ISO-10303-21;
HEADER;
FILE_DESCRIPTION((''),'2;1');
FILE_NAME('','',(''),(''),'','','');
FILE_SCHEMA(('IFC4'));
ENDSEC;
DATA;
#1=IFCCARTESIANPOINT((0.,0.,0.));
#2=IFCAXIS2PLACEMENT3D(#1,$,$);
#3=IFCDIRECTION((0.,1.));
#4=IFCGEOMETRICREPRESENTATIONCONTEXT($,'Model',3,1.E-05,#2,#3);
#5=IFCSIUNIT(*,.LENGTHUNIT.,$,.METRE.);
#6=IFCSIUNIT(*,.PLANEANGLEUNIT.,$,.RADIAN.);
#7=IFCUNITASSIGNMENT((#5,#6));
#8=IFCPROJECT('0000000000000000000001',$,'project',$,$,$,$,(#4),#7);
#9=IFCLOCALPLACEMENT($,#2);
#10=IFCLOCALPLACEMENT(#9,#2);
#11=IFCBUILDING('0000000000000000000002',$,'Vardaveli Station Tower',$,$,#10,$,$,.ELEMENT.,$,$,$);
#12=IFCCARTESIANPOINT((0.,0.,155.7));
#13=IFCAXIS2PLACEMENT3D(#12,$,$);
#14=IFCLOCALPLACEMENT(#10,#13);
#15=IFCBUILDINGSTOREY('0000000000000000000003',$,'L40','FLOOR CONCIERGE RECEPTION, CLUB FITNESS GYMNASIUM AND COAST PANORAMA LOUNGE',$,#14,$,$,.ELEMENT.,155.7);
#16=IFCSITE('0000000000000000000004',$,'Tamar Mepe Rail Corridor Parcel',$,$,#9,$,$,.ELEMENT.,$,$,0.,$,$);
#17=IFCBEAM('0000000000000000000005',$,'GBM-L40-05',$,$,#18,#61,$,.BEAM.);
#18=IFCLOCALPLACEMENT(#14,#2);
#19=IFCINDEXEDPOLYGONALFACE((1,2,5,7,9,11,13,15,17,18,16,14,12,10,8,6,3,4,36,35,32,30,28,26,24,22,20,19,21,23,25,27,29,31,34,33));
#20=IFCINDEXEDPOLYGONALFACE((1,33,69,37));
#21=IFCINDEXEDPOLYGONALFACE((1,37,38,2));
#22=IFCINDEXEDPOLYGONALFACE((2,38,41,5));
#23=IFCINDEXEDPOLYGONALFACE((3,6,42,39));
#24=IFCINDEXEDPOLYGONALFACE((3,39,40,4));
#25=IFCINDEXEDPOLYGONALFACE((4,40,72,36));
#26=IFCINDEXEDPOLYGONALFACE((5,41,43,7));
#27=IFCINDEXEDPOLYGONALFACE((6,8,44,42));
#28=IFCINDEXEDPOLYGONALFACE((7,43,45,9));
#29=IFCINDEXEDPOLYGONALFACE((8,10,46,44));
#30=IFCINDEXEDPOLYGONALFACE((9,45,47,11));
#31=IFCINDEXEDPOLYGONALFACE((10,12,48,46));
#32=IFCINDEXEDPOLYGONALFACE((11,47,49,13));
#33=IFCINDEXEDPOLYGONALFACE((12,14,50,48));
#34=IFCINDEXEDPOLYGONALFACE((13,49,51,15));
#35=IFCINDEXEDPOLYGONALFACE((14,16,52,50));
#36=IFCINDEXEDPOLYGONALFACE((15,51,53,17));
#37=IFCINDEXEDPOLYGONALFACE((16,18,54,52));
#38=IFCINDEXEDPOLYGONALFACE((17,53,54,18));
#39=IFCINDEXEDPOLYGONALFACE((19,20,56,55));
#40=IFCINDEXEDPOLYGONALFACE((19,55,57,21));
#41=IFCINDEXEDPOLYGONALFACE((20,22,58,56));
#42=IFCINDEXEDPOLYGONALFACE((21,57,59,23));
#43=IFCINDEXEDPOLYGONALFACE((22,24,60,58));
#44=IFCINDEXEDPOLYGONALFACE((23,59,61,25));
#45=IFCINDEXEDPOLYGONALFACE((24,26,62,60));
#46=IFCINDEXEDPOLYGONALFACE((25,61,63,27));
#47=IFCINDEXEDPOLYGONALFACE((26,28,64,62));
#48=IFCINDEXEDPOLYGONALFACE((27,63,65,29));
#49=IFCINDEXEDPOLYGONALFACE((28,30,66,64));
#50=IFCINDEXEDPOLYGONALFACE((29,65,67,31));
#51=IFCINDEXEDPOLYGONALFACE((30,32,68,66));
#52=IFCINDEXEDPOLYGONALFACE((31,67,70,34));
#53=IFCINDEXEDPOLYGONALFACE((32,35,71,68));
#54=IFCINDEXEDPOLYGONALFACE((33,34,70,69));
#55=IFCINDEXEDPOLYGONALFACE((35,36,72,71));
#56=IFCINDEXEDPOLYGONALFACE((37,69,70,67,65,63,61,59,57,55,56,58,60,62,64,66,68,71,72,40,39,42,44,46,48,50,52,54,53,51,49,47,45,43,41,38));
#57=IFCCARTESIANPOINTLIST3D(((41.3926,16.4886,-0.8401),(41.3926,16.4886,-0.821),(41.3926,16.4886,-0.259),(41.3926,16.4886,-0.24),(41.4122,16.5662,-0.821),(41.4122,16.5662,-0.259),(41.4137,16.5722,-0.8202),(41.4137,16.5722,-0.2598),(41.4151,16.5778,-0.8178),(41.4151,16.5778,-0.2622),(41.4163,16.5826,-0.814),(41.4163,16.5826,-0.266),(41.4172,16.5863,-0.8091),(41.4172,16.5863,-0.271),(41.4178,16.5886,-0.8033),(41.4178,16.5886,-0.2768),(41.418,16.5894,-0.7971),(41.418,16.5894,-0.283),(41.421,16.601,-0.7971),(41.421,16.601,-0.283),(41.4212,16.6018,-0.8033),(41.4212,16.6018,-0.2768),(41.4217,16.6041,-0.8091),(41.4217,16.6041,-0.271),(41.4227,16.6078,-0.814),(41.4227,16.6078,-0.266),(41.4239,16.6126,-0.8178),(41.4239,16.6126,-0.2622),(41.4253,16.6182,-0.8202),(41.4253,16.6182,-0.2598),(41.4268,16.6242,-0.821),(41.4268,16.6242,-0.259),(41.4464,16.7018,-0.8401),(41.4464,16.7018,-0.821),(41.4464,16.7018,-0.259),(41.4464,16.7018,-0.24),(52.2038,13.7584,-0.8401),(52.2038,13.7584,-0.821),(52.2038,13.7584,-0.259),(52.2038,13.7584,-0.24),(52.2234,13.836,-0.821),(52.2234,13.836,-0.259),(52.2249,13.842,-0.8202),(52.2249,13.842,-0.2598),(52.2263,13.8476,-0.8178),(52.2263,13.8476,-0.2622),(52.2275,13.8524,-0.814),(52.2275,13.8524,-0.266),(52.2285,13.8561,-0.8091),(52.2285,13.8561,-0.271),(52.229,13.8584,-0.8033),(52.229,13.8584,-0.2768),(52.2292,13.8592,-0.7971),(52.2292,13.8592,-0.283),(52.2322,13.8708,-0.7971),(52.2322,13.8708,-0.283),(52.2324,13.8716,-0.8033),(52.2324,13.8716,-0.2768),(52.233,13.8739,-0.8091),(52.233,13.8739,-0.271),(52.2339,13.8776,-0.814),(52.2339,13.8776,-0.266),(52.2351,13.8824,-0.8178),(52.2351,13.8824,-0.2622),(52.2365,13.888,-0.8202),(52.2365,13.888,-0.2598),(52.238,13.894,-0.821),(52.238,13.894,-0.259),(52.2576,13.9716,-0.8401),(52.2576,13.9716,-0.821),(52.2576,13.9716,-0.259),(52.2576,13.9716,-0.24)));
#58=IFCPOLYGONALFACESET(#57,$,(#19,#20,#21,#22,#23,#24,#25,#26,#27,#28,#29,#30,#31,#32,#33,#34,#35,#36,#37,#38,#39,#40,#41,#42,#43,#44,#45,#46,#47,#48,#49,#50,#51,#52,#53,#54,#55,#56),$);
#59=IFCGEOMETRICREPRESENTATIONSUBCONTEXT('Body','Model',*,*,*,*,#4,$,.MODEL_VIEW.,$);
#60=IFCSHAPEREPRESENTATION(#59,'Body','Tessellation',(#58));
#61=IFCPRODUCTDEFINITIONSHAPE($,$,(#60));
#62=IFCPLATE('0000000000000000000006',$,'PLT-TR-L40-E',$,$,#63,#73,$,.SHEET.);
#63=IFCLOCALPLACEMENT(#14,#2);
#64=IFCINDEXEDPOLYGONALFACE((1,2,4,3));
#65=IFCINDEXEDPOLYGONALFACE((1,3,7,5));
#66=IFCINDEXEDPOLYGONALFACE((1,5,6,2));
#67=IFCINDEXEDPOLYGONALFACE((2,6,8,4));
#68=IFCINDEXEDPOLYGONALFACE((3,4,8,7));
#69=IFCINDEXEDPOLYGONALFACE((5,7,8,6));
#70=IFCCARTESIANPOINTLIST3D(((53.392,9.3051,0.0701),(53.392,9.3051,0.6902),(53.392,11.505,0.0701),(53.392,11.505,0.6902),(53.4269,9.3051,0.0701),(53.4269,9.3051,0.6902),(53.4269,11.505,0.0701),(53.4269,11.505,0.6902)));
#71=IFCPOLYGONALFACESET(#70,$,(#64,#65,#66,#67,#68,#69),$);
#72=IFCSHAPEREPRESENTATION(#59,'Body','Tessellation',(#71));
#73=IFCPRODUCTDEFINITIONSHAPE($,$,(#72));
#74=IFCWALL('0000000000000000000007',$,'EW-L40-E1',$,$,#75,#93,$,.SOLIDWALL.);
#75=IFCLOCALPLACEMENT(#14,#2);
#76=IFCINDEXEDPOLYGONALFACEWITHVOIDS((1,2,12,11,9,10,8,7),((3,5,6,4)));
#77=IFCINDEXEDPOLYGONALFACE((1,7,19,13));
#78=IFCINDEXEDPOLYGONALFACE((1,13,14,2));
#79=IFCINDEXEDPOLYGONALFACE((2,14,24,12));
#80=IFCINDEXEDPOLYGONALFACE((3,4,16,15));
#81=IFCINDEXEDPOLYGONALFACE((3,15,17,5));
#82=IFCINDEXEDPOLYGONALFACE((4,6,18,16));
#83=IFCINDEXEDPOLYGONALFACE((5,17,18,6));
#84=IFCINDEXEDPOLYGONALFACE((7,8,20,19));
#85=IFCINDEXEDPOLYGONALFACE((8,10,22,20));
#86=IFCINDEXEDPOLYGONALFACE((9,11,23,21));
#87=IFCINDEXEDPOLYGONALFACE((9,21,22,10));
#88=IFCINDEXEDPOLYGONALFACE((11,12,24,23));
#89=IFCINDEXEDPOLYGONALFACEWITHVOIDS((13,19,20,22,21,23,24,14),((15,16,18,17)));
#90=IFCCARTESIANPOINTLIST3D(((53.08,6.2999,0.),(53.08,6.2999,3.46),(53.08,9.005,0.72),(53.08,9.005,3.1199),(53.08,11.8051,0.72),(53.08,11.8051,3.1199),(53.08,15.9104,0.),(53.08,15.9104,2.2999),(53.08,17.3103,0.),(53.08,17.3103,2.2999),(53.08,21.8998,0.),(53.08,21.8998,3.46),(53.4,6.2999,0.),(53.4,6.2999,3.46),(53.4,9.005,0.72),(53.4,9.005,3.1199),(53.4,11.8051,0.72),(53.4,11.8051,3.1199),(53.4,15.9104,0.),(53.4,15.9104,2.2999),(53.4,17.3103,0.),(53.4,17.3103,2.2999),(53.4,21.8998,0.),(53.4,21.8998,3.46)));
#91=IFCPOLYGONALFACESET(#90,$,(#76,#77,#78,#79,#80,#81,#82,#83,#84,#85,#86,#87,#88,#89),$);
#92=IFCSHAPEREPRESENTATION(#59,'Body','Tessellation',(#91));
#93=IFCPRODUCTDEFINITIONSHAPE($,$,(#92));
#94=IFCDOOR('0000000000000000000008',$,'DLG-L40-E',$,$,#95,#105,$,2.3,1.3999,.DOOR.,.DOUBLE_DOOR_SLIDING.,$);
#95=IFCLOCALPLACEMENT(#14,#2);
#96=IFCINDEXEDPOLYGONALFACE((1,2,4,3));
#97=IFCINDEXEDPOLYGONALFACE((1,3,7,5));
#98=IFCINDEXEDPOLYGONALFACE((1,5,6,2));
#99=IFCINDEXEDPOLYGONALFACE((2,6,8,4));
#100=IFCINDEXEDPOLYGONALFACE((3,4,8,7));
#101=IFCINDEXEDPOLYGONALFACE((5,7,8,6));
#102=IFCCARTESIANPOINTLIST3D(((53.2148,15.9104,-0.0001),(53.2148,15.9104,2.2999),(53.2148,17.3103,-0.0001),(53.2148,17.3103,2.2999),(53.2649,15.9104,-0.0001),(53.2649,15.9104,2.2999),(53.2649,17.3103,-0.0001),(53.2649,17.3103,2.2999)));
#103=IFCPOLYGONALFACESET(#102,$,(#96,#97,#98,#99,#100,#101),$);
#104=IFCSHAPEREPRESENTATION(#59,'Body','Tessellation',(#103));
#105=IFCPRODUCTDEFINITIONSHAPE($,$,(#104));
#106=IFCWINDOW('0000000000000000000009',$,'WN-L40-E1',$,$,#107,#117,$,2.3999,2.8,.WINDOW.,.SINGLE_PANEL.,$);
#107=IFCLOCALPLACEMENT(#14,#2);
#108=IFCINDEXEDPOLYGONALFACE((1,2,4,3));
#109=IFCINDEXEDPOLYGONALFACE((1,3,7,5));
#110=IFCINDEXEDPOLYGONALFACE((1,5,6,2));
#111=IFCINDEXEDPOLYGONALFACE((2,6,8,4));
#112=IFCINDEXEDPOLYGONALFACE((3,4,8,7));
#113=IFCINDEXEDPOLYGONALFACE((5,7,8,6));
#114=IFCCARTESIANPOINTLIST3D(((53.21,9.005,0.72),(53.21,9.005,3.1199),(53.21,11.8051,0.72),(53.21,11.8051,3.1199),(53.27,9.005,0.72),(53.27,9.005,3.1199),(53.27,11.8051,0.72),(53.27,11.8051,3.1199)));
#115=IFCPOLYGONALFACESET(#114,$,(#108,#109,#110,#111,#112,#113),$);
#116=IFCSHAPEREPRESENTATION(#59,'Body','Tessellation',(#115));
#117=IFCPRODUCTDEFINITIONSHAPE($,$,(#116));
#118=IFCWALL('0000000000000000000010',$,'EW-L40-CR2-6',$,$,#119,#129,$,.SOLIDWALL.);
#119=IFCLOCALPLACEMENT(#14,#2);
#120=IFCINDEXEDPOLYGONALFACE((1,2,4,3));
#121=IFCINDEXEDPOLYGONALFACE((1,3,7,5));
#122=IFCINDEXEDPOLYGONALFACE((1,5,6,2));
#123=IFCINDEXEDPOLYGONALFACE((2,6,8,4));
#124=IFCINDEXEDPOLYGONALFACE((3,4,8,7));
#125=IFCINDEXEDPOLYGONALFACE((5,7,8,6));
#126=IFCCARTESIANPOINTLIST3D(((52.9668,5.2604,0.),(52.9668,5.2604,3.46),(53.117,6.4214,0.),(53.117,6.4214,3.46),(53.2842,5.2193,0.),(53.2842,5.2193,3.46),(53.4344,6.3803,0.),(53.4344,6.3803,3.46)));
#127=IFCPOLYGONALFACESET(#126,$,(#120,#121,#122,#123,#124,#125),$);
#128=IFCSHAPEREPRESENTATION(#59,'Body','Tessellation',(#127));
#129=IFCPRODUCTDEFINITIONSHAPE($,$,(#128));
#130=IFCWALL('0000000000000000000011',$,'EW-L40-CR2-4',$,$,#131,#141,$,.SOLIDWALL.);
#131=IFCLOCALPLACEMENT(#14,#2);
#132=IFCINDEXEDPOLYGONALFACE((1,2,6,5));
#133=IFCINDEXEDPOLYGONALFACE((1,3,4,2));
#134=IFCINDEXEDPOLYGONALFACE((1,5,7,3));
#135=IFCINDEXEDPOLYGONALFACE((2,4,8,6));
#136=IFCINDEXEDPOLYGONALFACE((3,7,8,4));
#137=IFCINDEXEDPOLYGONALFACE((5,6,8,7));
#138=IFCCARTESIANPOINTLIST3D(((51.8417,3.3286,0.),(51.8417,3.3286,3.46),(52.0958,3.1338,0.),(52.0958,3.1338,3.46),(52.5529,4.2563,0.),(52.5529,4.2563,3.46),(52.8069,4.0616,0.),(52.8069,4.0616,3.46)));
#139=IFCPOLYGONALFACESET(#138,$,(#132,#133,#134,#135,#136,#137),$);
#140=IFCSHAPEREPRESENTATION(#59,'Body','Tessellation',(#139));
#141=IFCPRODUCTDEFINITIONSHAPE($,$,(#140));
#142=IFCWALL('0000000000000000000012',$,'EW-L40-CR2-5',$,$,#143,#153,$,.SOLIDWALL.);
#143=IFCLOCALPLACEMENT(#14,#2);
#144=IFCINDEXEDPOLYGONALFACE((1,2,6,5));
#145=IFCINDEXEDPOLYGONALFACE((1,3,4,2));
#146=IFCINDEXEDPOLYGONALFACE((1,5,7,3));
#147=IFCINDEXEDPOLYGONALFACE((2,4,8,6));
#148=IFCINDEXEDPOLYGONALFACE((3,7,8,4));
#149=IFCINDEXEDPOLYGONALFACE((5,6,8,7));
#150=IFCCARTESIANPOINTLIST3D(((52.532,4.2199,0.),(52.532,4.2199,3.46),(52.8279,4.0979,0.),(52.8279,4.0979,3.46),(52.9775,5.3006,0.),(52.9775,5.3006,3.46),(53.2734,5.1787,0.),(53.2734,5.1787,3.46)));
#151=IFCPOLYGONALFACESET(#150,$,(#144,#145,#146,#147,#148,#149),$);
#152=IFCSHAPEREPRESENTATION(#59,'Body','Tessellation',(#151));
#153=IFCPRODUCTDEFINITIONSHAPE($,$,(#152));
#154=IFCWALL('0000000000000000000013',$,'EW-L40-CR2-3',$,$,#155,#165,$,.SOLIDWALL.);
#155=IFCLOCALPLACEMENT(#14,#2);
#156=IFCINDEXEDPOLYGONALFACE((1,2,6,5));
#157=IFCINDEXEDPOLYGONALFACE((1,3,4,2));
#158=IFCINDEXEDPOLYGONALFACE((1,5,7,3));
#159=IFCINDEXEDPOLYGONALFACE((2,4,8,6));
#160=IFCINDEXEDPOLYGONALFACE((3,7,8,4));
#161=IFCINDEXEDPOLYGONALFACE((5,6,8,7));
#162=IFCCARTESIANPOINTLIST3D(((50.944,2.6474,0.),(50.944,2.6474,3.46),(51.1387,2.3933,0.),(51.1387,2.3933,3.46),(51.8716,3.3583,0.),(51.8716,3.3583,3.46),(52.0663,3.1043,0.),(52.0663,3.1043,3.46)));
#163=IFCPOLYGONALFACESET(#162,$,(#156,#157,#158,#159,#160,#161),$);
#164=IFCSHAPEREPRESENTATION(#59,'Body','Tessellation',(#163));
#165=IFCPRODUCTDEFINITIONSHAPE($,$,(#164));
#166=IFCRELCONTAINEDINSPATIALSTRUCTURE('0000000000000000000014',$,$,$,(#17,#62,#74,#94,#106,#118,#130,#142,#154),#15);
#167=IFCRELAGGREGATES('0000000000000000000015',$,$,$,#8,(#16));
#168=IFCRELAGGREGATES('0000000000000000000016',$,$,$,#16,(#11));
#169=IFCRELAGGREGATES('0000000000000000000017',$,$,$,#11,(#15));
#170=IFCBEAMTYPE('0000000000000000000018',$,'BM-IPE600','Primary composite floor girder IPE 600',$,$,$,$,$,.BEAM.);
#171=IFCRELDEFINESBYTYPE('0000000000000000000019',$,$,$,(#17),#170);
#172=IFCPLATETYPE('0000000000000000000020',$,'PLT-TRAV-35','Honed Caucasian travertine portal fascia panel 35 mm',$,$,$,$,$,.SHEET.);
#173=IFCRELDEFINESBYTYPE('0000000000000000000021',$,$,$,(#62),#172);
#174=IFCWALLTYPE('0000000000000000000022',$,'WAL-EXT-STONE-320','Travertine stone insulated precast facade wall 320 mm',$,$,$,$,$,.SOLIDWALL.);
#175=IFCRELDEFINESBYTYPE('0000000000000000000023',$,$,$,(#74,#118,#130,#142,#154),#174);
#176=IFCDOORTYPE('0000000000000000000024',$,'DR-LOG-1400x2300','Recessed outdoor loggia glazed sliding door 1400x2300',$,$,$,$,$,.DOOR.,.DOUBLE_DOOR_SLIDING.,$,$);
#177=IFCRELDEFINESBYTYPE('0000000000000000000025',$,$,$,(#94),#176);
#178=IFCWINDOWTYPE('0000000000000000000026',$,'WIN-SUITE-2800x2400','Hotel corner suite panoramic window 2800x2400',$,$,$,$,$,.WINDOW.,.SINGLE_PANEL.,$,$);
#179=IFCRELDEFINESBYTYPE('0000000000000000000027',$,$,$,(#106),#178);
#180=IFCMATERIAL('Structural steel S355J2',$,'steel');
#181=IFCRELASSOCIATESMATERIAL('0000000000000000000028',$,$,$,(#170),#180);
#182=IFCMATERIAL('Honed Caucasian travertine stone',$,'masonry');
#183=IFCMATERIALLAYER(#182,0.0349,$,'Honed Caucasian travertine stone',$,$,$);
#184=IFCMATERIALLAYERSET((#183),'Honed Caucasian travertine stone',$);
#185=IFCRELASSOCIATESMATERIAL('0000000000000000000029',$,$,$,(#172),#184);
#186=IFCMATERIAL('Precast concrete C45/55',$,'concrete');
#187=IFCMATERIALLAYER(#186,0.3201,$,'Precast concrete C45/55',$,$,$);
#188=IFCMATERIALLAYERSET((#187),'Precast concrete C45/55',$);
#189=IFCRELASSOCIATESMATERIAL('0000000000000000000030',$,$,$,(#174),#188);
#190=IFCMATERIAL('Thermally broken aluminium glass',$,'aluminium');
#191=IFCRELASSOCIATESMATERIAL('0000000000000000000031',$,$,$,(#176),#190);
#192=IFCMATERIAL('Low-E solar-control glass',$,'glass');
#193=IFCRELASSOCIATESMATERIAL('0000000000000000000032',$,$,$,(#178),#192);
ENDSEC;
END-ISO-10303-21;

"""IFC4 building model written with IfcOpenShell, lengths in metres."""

from ifc_helpers import new_model, si_unit, direction, frame, frame_2d, origin, origin_2d, place, context, subcontext, project, spatial, rectangle, i_section, extrude, source, transform, mapped, material, layer, layer_set, material_profile, profile_set, type_object, element, fill, save


model = new_model("IFC4")

# Units and contexts
model_context = context("Model", 3, precision=1e-05, world=origin(), true_north=direction((0.0, 1.0)))
body_context = subcontext(model_context, "Body", "Model", "MODEL_VIEW")
ifc_project = project(units=[si_unit("LENGTHUNIT", "METRE"), si_unit("PLANEANGLEUNIT", "RADIAN")], contexts=[model_context])

# Site, building, storey
site_placement = place(None, origin())
site = spatial("IfcSite", under=ifc_project, at=site_placement, Name="Tamar Mepe Rail Corridor Parcel", CompositionType="ELEMENT", RefElevation=0.0)
building_placement = place(site_placement, origin())
building = spatial("IfcBuilding", under=site, at=building_placement, Name="Vardaveli Station Tower", CompositionType="ELEMENT")
storey_placement = place(building_placement, frame((0.0, 0.0, 155.7)))
storey = spatial("IfcBuildingStorey", under=building, at=storey_placement, Name="L40", Description="FLOOR CONCIERGE RECEPTION, CLUB FITNESS GYMNASIUM AND COAST PANORAMA LOUNGE", CompositionType="ELEMENT", Elevation=155.7)

# Beam
ifc_material_1 = material(Name="Precast concrete C45/55", Category="concrete")
ifc_material_2 = material(Name="Structural steel S355J2", Category="steel")
ifc_material_profile_1 = material_profile(ifc_material_2, i_section(OverallWidth=0.22, OverallDepth=0.6001, WebThickness=0.012, FlangeThickness=0.019, FilletRadius=0.0239, at=origin_2d()), Name="IPE 600")
ifc_profile_set_1 = profile_set([ifc_material_profile_1], Name="Structural steel S355J2")
beam_type_1 = type_object("IfcBeamType", Name="BM-IPE600", Description="Primary composite floor girder IPE 600", PredefinedType="BEAM", material=ifc_profile_set_1)
shared_shape_1 = source(origin(), body_context, "Body", "SweptSolid", [
    extrude(i_section(OverallWidth=0.22, OverallDepth=0.6001, WebThickness=0.012, FlangeThickness=0.019, FilletRadius=0.0239, at=origin_2d()), origin(), (0.0, 0.0, 1.0), 11.1506),
])
beam_1_placement = place(storey_placement, frame((52.2307, 13.865, -0.54), z_axis=(-0.969561, 0.244848, 0.0), x_axis=(-0.244848, -0.969561, 0.0)))
element("IfcBeam", 1, at=beam_1_placement, inside=storey, type_object=beam_type_1, Name="GBM-L40-05", PredefinedType="BEAM", context=body_context, shape_type="MappedRepresentation", body=[
    mapped(shared_shape_1, transform((0.0, 0.0, 0.0), scale=1.0)),
])

# Plate
ifc_material_3 = material(Name="Honed Caucasian travertine stone", Category="masonry")
ifc_layer_1 = layer(ifc_material_3, 0.0349, Name="Honed Caucasian travertine stone")
ifc_layer_set_1 = layer_set([ifc_layer_1], Name="Honed Caucasian travertine stone")
plate_type = type_object("IfcPlateType", Name="PLT-TRAV-35", Description="Honed Caucasian travertine portal fascia panel 35 mm", PredefinedType="SHEET", material=ifc_layer_set_1)
shared_shape_2 = source(origin(), body_context, "Body", "SweptSolid", [
    extrude(rectangle(XDim=2.2, YDim=0.0349, at=origin_2d()), origin(), (0.0, 0.0, 1.0), 0.6201),
])
plate_placement = place(storey_placement, frame((53.4094, 10.405, 0.0701), z_axis=(0.0, 0.0, 1.0), x_axis=(0.0, 1.0, 0.0)))
element("IfcPlate", 2, at=plate_placement, inside=storey, type_object=plate_type, Name="PLT-TR-L40-E", PredefinedType="SHEET", context=body_context, shape_type="MappedRepresentation", body=[
    mapped(shared_shape_2, transform((0.0, 0.0, 0.0), scale=1.0)),
])

# Wall, openings, door, window
ifc_layer_2 = layer(ifc_material_1, 0.3201, Name="Precast concrete C45/55")
ifc_layer_set_2 = layer_set([ifc_layer_2], Name="Precast concrete C45/55")
wall_type_1 = type_object("IfcWallType", Name="WAL-EXT-STONE-320", Description="Travertine stone insulated precast facade wall 320 mm", PredefinedType="SOLIDWALL", material=ifc_layer_set_2)
shared_shape_3 = source(origin(), body_context, "Body", "SweptSolid", [
    extrude(rectangle(XDim=15.5999, YDim=0.3201, at=frame_2d((7.7998, 0.0))), origin(), (0.0, 0.0, 1.0), 3.46),
])
wall_1_placement = place(storey_placement, frame((53.24, 6.3, 0.0), z_axis=(0.0, 0.0, 1.0), x_axis=(0.0, 1.0, 0.0)))
wall_1 = element("IfcWall", 3, at=wall_1_placement, inside=storey, type_object=wall_type_1, Name="EW-L40-E1", PredefinedType="SOLIDWALL", context=body_context, shape_type="MappedRepresentation", body=[
    mapped(shared_shape_3, transform((0.0, 0.0, 0.0), scale=1.0)),
])
shared_shape_4 = source(origin(), body_context, "Body", "SweptSolid", [
    extrude(rectangle(XDim=1.3999, YDim=2.3, at=frame_2d((0.7, 1.1499))), frame((0.0, 0.1699, 0.0), z_axis=(0.0, -1.0, 0.0), x_axis=(1.0, 0.0, 0.0)), (0.0, 0.0, 1.0), 0.3401),
])
opening_1_placement = place(wall_1_placement, frame((9.6104, 0.0, 0.0)))
opening_1 = element("IfcOpeningElement", 4, at=opening_1_placement, cuts=wall_1, PredefinedType="OPENING", context=body_context, shape_type="MappedRepresentation", body=[
    mapped(shared_shape_4, transform((0.0, 0.0, 0.0), scale=1.0)),
])
shared_shape_5 = source(origin(), body_context, "Body", "SweptSolid", [
    extrude(rectangle(XDim=2.8, YDim=2.3999, at=frame_2d((1.3999, 1.2))), frame((0.0, 0.1699, 0.0), z_axis=(0.0, -1.0, 0.0), x_axis=(1.0, 0.0, 0.0)), (0.0, 0.0, 1.0), 0.3401),
])
opening_2_placement = place(wall_1_placement, frame((2.7051, 0.0, 0.72)))
opening_2 = element("IfcOpeningElement", 5, at=opening_2_placement, cuts=wall_1, PredefinedType="OPENING", context=body_context, shape_type="MappedRepresentation", body=[
    mapped(shared_shape_5, transform((0.0, 0.0, 0.0), scale=1.0)),
])
ifc_material_4 = material(Name="Thermally broken aluminium glass", Category="aluminium")
door_type_1 = type_object("IfcDoorType", Name="DR-LOG-1400x2300", Description="Recessed outdoor loggia glazed sliding door 1400x2300", OperationType="DOUBLE_DOOR_SLIDING", PredefinedType="DOOR", material=ifc_material_4)
shared_shape_6 = source(origin(), body_context, "Body", "SweptSolid", [
    extrude(rectangle(XDim=1.3999, YDim=2.3, at=frame_2d((0.7, 1.1499))), frame((0.0, 0.0249, 0.0), z_axis=(0.0, -1.0, 0.0), x_axis=(1.0, 0.0, 0.0)), (0.0, 0.0, 1.0), 0.05),
])
door_1_placement = place(opening_1_placement, frame((1.3999, 0.0, 0.0), z_axis=(0.0, 0.0, 1.0), x_axis=(-1.0, 0.0, 0.0)))
door_1 = element("IfcDoor", 6, at=door_1_placement, inside=storey, type_object=door_type_1, Name="DLG-L40-E", OperationType="DOUBLE_DOOR_SLIDING", OverallHeight=2.3, OverallWidth=1.3999, PredefinedType="DOOR", context=body_context, shape_type="MappedRepresentation", body=[
    mapped(shared_shape_6, transform((0.0, 0.0, 0.0), scale=1.0)),
])
fill(opening_1, door_1)
ifc_material_5 = material(Name="Low-E solar-control glass", Category="glass")
window_type = type_object("IfcWindowType", Name="WIN-SUITE-2800x2400", Description="Hotel corner suite panoramic window 2800x2400", PartitioningType="SINGLE_PANEL", PredefinedType="WINDOW", material=ifc_material_5)
shared_shape_7 = source(origin(), body_context, "Body", "SweptSolid", [
    extrude(rectangle(XDim=2.8, YDim=2.3999, at=frame_2d((1.3999, 1.2))), frame((0.0, 0.03, 0.0), z_axis=(0.0, -1.0, 0.0), x_axis=(1.0, 0.0, 0.0)), (0.0, 0.0, 1.0), 0.0601),
])
window_placement = place(opening_2_placement, origin())
window = element("IfcWindow", 7, at=window_placement, inside=storey, type_object=window_type, Name="WN-L40-E1", OverallHeight=2.3999, OverallWidth=2.8, PartitioningType="SINGLE_PANEL", PredefinedType="WINDOW", context=body_context, shape_type="MappedRepresentation", body=[
    mapped(shared_shape_7, transform((0.0, 0.0, 0.0), scale=1.0)),
])
fill(opening_2, window)

# Walls
shared_shape_8 = source(origin(), body_context, "Body", "SweptSolid", [
    extrude(rectangle(XDim=1.1707, YDim=0.3201, at=frame_2d((0.5854, 0.0))), origin(), (0.0, 0.0, 1.0), 3.46),
])
wall_2_placement = place(storey_placement, frame((53.1255, 5.2397, 0.0), z_axis=(0.0, 0.0, 1.0), x_axis=(0.128269, 0.991739, 0.0)))
element("IfcWall", 8, at=wall_2_placement, inside=storey, type_object=wall_type_1, Name="EW-L40-CR2-6", PredefinedType="SOLIDWALL", context=body_context, shape_type="MappedRepresentation", body=[
    mapped(shared_shape_8, transform((0.0, 0.0, 0.0), scale=1.0)),
])
shared_shape_9 = source(origin(), body_context, "Body", "SweptSolid", [
    extrude(rectangle(XDim=1.1689, YDim=0.3201, at=frame_2d((0.5845, 0.0))), origin(), (0.0, 0.0, 1.0), 3.46),
])
for number, where, z_axis, x_axis, name in (
    (9, (51.9688, 3.2312, 0.0), (0.0, 0.0, 1.0), (0.608388, 0.79364, 0.0), "EW-L40-CR2-4"),
    (10, (52.6799, 4.1589, 0.0), (0.0, 0.0, 1.0), (0.381128, 0.924522, 0.0), "EW-L40-CR2-5"),
):
    element("IfcWall", number, at=place(storey_placement, frame(where, z_axis=z_axis, x_axis=x_axis)), inside=storey, type_object=wall_type_1, Name=name, PredefinedType="SOLIDWALL", context=body_context, shape_type="MappedRepresentation", body=[
        mapped(shared_shape_9, transform((0.0, 0.0, 0.0), scale=1.0)),
    ])
shared_shape_10 = source(origin(), body_context, "Body", "SweptSolid", [
    extrude(rectangle(XDim=1.1687, YDim=0.3201, at=frame_2d((0.5845, 0.0))), origin(), (0.0, 0.0, 1.0), 3.46),
])
wall_3_placement = place(storey_placement, frame((51.0413, 2.5203, 0.0), z_axis=(0.0, 0.0, 1.0), x_axis=(0.793664, 0.608357, 0.0)))
element("IfcWall", 11, at=wall_3_placement, inside=storey, type_object=wall_type_1, Name="EW-L40-CR2-3", PredefinedType="SOLIDWALL", context=body_context, shape_type="MappedRepresentation", body=[
    mapped(shared_shape_10, transform((0.0, 0.0, 0.0), scale=1.0)),
])

save(model, "model.ifc")
